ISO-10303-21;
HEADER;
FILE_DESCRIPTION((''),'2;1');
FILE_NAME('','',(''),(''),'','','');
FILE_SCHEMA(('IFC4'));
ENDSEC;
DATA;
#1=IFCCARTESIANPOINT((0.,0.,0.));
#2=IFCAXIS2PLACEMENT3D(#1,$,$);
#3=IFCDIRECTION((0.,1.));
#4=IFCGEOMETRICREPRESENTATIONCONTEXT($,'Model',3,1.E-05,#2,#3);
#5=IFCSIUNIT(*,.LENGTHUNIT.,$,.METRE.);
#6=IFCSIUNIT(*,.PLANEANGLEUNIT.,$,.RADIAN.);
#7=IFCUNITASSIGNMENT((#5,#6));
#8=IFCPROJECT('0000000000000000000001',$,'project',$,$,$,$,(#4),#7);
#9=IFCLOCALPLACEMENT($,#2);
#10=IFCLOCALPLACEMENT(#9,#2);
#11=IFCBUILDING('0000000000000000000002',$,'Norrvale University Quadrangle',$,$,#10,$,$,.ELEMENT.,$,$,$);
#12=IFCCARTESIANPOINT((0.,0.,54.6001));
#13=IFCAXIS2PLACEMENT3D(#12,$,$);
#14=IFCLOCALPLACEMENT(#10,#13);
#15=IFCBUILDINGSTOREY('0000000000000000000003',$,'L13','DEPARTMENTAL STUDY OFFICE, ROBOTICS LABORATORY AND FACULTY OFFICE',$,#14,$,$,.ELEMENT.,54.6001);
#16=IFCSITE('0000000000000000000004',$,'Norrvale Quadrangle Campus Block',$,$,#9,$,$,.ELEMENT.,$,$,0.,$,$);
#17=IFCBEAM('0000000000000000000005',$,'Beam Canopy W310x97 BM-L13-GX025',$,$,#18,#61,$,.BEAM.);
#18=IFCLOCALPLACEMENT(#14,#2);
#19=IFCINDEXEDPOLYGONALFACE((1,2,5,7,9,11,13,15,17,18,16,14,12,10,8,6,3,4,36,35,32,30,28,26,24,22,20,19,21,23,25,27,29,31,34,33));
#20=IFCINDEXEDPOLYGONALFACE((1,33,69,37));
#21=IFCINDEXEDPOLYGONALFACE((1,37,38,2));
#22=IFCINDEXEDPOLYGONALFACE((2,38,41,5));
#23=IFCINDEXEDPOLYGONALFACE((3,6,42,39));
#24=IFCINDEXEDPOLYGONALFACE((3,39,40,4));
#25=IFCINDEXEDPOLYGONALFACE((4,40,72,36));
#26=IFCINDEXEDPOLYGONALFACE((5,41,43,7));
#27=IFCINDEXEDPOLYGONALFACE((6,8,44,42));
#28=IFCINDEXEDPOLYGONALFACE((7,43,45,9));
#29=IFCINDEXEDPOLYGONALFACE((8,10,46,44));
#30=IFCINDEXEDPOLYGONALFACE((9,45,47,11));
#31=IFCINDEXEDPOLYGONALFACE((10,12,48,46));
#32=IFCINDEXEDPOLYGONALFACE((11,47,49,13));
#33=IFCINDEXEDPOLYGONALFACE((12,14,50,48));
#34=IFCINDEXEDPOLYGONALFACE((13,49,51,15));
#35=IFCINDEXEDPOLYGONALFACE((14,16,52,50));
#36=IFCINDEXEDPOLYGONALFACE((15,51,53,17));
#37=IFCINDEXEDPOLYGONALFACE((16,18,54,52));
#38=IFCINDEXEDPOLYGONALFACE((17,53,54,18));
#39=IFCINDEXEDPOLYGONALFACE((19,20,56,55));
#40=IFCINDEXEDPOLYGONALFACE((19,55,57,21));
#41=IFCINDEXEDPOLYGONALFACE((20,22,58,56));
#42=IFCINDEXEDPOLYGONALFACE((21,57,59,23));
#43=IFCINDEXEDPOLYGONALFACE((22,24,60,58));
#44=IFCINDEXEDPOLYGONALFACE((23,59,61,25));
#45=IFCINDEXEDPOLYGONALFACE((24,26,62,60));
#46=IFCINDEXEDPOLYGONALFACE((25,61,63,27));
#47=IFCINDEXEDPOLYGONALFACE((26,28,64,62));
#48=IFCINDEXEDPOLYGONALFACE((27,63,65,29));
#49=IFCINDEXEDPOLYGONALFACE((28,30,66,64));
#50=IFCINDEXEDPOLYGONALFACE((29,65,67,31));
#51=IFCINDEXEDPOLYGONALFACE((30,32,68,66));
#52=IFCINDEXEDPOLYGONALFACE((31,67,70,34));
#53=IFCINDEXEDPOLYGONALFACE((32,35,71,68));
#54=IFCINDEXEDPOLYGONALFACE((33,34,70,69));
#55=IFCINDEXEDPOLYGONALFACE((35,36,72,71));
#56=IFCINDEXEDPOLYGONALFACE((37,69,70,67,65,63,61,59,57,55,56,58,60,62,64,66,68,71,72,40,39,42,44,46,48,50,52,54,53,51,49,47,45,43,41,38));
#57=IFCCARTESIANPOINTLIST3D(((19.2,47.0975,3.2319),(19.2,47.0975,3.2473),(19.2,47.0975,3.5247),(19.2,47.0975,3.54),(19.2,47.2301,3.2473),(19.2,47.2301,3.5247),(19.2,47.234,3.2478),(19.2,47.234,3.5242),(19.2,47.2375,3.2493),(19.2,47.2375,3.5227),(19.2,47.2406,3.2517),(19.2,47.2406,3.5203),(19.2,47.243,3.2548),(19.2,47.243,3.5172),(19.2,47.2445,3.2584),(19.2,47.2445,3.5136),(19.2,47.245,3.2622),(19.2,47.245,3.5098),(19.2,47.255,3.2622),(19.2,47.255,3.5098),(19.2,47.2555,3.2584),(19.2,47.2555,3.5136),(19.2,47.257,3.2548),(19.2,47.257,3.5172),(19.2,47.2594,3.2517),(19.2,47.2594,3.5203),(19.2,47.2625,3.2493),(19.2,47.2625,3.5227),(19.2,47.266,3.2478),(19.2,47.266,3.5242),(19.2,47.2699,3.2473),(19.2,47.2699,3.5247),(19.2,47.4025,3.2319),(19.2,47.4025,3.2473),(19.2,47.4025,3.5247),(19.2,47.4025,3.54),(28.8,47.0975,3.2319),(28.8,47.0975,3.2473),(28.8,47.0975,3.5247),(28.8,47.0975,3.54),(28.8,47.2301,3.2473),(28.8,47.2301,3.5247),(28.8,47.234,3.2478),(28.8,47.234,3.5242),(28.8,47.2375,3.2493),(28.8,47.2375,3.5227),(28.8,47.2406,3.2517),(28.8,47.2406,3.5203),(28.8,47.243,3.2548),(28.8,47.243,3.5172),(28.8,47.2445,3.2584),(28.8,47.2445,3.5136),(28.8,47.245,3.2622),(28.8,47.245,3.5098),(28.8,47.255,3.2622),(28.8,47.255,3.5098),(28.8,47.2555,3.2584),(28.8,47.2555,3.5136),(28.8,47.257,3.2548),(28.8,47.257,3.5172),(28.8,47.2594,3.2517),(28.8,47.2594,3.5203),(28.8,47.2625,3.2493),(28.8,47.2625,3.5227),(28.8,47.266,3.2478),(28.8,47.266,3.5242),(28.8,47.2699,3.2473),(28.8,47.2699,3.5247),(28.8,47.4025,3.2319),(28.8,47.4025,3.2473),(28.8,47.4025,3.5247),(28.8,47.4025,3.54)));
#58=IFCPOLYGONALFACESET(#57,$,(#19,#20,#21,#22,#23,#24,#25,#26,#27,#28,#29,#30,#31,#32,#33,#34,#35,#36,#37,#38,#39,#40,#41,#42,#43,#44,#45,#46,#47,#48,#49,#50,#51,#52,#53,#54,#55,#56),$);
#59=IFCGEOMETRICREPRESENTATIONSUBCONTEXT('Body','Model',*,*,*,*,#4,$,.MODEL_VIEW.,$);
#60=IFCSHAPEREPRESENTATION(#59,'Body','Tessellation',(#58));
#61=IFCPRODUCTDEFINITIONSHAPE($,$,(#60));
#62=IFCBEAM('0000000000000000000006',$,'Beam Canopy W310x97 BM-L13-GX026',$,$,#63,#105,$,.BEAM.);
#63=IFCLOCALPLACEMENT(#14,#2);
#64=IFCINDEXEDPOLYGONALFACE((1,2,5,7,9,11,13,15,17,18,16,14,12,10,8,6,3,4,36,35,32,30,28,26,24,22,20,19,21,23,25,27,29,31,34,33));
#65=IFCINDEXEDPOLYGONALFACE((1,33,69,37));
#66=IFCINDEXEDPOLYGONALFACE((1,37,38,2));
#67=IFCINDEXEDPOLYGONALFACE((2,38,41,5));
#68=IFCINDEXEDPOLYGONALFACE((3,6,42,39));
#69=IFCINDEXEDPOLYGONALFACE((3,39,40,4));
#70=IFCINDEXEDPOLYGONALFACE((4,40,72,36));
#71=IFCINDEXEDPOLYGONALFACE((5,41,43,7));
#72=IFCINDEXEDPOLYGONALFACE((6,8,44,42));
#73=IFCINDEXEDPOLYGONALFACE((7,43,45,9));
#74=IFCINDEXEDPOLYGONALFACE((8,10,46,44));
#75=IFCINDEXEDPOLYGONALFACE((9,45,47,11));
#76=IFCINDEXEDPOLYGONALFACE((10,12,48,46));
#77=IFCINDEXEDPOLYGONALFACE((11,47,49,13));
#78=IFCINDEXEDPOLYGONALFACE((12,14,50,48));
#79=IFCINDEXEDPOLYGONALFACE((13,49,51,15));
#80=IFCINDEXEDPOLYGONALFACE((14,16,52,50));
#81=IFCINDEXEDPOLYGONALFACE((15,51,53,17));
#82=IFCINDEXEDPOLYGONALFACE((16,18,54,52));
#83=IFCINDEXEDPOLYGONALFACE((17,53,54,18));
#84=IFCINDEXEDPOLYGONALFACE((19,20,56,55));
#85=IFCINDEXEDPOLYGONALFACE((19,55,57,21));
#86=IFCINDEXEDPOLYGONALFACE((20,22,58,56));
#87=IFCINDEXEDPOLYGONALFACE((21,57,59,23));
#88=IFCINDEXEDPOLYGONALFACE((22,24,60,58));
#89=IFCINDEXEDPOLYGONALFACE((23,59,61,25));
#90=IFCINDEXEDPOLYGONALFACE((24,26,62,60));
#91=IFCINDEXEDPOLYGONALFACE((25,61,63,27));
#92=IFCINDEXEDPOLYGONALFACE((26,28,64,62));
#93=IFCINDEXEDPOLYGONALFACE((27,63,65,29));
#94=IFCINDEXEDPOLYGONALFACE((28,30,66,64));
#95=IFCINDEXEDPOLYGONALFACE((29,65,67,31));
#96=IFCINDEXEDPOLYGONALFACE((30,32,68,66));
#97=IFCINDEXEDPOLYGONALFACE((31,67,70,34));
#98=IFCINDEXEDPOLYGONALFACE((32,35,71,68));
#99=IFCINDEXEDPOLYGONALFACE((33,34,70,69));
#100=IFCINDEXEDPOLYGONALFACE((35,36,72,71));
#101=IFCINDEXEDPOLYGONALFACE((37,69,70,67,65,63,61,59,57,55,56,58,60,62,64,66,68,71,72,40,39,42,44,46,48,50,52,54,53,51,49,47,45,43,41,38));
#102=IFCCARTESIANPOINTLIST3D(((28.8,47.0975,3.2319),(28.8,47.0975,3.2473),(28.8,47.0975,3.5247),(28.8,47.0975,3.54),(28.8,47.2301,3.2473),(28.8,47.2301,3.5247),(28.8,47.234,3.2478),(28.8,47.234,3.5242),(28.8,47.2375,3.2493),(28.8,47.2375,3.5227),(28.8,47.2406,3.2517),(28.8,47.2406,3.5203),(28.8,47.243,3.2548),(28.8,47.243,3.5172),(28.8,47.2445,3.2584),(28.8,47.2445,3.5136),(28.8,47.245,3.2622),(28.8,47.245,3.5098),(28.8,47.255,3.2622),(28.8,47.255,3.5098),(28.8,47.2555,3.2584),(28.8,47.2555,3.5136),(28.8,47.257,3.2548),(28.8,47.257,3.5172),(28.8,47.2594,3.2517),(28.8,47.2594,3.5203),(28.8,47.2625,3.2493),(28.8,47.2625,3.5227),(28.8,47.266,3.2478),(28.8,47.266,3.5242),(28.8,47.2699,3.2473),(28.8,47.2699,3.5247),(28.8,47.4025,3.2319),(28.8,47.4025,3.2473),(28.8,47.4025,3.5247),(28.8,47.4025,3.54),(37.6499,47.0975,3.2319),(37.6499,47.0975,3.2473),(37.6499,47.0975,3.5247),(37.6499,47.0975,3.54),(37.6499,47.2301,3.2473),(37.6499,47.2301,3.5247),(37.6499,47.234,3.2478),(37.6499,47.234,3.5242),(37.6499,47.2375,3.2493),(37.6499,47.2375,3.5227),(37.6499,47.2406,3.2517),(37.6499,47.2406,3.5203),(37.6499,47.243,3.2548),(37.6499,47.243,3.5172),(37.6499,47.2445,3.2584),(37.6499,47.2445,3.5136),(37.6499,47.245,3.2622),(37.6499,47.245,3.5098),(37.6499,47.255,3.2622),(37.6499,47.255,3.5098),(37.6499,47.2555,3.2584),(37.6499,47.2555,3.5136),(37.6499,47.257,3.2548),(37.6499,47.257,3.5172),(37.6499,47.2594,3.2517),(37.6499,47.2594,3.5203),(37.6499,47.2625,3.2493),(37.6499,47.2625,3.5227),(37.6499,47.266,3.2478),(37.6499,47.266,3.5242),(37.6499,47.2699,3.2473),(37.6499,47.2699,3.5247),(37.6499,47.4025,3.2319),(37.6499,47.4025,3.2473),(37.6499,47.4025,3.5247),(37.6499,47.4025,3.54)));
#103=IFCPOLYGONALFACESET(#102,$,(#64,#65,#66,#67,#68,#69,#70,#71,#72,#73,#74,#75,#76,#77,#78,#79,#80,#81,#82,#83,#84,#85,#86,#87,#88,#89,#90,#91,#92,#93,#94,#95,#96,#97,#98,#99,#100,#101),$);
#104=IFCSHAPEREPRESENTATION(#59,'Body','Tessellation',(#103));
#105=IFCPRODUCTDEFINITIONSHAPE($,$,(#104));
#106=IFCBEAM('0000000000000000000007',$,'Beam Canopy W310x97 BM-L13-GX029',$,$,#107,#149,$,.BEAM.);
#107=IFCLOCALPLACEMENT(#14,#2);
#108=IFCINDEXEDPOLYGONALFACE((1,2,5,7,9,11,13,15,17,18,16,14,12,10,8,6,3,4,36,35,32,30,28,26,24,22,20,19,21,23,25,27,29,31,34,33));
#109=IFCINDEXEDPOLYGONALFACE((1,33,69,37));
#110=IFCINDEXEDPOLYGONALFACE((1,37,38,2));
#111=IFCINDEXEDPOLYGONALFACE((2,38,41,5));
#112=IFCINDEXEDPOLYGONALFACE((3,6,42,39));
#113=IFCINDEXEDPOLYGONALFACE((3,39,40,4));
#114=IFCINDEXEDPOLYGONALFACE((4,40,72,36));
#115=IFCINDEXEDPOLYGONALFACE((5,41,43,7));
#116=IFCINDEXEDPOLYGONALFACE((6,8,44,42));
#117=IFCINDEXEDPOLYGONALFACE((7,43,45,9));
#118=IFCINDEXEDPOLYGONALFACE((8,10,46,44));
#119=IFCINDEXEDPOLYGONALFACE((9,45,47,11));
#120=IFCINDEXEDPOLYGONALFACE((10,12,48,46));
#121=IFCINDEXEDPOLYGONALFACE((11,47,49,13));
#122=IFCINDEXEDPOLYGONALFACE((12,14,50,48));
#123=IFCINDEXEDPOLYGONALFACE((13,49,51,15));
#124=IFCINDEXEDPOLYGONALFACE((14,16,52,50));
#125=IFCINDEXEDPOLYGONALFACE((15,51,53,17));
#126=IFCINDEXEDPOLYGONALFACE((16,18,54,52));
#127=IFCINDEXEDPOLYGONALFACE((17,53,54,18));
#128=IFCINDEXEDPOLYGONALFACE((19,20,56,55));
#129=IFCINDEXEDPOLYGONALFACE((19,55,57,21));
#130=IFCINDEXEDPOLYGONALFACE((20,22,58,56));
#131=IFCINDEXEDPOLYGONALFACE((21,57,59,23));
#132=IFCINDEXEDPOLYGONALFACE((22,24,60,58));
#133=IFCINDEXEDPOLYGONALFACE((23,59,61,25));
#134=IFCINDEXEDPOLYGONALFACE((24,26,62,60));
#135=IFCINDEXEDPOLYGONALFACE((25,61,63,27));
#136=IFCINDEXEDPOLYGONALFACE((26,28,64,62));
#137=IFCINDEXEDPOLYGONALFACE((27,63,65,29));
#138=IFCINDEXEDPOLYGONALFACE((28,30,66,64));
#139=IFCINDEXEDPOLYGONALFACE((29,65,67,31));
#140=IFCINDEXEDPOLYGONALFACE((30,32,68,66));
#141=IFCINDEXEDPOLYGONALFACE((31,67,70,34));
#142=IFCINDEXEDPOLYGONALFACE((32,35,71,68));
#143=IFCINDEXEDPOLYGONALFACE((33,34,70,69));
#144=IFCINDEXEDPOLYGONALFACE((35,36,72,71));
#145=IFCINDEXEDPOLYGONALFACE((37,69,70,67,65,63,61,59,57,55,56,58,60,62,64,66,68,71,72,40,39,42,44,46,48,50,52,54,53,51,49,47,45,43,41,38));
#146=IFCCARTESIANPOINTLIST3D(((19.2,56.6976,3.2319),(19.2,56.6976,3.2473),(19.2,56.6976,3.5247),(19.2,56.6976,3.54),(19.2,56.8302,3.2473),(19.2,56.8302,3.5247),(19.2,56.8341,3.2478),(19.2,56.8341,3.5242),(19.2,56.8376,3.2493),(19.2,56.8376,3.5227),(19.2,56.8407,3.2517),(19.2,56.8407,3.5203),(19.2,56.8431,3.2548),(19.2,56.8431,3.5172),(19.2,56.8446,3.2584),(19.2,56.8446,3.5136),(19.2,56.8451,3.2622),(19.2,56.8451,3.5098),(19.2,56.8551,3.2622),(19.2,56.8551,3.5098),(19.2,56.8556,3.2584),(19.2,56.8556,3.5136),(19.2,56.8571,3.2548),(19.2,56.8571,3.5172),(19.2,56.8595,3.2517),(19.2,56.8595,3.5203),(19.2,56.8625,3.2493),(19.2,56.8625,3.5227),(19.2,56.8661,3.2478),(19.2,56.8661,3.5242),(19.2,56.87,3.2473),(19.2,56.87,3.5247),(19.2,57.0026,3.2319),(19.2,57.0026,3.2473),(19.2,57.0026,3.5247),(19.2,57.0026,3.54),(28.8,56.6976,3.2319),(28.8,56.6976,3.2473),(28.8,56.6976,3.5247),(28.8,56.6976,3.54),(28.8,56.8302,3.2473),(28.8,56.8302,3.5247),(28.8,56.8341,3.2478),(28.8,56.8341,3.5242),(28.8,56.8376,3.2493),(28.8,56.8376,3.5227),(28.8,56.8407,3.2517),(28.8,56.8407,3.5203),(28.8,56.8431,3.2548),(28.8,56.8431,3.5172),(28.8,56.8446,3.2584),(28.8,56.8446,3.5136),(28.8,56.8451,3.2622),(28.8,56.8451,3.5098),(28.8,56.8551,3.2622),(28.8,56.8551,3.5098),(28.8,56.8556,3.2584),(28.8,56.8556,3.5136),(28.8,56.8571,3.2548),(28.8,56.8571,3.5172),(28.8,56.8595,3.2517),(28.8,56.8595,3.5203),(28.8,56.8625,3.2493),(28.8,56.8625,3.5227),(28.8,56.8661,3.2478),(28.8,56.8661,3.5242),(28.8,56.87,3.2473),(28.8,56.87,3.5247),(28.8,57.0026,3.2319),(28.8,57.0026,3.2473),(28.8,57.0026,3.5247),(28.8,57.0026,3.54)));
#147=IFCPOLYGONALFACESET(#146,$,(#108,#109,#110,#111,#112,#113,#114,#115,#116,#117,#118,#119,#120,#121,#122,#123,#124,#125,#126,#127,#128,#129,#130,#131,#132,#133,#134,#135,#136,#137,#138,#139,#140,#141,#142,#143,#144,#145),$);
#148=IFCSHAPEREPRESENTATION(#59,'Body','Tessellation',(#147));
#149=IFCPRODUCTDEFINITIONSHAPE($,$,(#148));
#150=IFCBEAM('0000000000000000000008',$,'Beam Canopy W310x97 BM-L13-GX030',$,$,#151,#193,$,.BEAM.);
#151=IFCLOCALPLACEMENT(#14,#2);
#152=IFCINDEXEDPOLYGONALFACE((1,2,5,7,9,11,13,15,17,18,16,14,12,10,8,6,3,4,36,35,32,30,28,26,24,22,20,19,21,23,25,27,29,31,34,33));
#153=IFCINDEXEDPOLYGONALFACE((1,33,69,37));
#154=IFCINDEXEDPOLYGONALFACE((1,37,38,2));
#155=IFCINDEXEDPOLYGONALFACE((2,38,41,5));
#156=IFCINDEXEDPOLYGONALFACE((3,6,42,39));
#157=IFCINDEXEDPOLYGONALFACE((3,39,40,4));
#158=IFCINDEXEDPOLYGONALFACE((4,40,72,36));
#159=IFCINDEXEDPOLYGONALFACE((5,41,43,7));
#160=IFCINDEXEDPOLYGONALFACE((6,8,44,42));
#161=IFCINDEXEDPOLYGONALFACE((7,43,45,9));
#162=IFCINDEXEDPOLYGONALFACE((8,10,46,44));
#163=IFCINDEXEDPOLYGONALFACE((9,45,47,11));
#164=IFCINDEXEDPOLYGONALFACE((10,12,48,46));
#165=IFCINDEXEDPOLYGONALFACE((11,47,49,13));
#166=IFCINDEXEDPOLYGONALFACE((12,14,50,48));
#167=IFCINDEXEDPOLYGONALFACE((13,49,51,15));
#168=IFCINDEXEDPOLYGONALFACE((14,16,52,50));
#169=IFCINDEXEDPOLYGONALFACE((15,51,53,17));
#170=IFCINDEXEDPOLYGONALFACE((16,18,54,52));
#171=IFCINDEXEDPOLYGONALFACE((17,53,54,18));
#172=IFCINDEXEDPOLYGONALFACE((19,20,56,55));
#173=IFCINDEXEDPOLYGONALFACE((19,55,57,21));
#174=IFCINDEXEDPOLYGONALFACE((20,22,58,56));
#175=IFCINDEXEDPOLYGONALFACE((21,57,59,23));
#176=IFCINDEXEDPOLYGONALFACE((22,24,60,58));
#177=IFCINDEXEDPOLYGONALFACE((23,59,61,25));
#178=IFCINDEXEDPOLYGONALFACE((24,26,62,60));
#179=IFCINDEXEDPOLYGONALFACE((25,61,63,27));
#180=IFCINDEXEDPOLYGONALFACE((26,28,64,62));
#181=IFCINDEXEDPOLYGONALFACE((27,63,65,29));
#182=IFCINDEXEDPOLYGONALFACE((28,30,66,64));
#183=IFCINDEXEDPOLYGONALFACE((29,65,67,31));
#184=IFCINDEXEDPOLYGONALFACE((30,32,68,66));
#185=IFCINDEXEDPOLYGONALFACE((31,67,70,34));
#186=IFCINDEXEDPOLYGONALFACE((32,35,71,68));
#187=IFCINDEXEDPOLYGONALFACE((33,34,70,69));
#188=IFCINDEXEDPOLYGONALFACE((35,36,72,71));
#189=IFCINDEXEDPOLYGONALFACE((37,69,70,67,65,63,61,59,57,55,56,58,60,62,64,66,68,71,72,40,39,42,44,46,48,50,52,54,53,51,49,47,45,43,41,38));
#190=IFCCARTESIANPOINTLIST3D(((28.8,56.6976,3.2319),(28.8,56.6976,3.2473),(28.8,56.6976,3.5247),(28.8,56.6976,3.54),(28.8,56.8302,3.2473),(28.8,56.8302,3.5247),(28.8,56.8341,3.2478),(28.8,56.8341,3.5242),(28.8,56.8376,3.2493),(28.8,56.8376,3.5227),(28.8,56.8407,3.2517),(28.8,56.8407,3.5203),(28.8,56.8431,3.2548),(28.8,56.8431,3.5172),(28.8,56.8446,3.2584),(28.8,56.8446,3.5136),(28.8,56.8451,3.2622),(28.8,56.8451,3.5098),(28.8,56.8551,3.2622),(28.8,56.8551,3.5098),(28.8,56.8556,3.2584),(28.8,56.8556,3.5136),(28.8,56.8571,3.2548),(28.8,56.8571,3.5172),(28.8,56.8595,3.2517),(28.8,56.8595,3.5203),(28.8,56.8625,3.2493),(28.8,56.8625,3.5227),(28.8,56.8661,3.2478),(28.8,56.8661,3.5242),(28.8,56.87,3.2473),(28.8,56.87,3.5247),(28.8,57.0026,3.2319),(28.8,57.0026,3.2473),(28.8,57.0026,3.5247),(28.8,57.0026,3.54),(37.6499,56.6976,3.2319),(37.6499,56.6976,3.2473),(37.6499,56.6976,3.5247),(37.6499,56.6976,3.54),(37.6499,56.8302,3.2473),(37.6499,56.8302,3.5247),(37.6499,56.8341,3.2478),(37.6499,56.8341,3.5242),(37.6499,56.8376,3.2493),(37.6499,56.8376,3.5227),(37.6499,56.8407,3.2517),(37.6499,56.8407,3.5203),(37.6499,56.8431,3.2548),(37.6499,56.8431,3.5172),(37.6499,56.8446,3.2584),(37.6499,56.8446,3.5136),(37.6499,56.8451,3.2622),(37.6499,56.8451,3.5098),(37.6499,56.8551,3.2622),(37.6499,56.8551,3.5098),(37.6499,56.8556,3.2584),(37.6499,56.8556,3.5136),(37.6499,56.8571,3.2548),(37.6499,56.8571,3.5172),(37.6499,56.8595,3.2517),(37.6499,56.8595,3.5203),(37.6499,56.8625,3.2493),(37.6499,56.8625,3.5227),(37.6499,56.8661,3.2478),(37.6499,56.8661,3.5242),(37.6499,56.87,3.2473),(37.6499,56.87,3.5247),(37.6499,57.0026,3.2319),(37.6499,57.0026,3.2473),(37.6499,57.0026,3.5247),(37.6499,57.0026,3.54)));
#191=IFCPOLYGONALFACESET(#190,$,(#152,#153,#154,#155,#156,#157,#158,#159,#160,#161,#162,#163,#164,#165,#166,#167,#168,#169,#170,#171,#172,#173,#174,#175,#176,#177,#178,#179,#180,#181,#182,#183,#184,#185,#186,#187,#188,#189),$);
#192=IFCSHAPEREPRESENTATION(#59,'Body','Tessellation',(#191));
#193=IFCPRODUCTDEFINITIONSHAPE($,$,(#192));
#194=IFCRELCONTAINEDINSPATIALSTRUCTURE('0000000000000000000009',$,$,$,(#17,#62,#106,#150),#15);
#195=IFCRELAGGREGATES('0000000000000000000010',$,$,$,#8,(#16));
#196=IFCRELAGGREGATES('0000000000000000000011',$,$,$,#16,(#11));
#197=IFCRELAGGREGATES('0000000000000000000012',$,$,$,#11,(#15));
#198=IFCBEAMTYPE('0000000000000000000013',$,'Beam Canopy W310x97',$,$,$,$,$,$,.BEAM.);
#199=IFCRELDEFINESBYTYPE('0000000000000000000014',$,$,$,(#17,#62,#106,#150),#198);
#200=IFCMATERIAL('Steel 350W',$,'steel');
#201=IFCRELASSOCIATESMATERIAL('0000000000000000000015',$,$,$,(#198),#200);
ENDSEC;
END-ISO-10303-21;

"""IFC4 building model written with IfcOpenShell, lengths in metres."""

from ifc_helpers import new_model, si_unit, direction, frame, origin, origin_2d, place, context, subcontext, project, spatial, i_section, extrude, material, material_profile, profile_set, type_object, element, save


model = new_model("IFC4")

# Units and contexts
model_context = context("Model", 3, precision=1e-05, world=origin(), true_north=direction((0.0, 1.0)))
body_context = subcontext(model_context, "Body", "Model", "MODEL_VIEW")
ifc_project = project(units=[si_unit("LENGTHUNIT", "METRE"), si_unit("PLANEANGLEUNIT", "RADIAN")], contexts=[model_context])

# Site, building, storey
site_placement = place(None, origin())
site = spatial("IfcSite", under=ifc_project, at=site_placement, Name="Norrvale Quadrangle Campus Block", CompositionType="ELEMENT", RefElevation=0.0)
building_placement = place(site_placement, origin())
building = spatial("IfcBuilding", under=site, at=building_placement, Name="Norrvale University Quadrangle", CompositionType="ELEMENT")
storey_placement = place(building_placement, frame((0.0, 0.0, 54.6001)))
storey = spatial("IfcBuildingStorey", under=building, at=storey_placement, Name="L13", Description="DEPARTMENTAL STUDY OFFICE, ROBOTICS LABORATORY AND FACULTY OFFICE", CompositionType="ELEMENT", Elevation=54.6001)

# Beams
ifc_material_1 = material(Name="Steel 350W", Category="steel")
ifc_material_profile_1 = material_profile(ifc_material_1, i_section(OverallWidth=0.3049, OverallDepth=0.3081, WebThickness=0.01, FlangeThickness=0.0154, FilletRadius=0.0149, at=origin_2d()), Name="Steel 350W")
ifc_profile_set_1 = profile_set([ifc_material_profile_1], Name="Steel 350W")
beam_type_1 = type_object("IfcBeamType", Name="Beam Canopy W310x97", PredefinedType="BEAM", material=ifc_profile_set_1)
beam_1_placement = place(storey_placement, frame((19.2, 47.25, 3.386), z_axis=(1.0, 0.0, 0.0), x_axis=(0.0, 1.0, 0.0)))
element("IfcBeam", 1, at=beam_1_placement, inside=storey, type_object=beam_type_1, Name="Beam Canopy W310x97 BM-L13-GX025", PredefinedType="BEAM", context=body_context, shape_type="SweptSolid", body=[
    extrude(i_section(OverallWidth=0.3049, OverallDepth=0.3081, WebThickness=0.01, FlangeThickness=0.0154, FilletRadius=0.0149, at=origin_2d()), origin(), (0.0, 0.0, 1.0), 9.6001),
])
beam_2_placement = place(storey_placement, frame((28.8, 47.25, 3.386), z_axis=(1.0, 0.0, 0.0), x_axis=(0.0, 1.0, 0.0)))
element("IfcBeam", 2, at=beam_2_placement, inside=storey, type_object=beam_type_1, Name="Beam Canopy W310x97 BM-L13-GX026", PredefinedType="BEAM", context=body_context, shape_type="SweptSolid", body=[
    extrude(i_section(OverallWidth=0.3049, OverallDepth=0.3081, WebThickness=0.01, FlangeThickness=0.0154, FilletRadius=0.0149, at=origin_2d()), origin(), (0.0, 0.0, 1.0), 8.8499),
])
beam_3_placement = place(storey_placement, frame((19.2, 56.8501, 3.386), z_axis=(1.0, 0.0, 0.0), x_axis=(0.0, 1.0, 0.0)))
element("IfcBeam", 3, at=beam_3_placement, inside=storey, type_object=beam_type_1, Name="Beam Canopy W310x97 BM-L13-GX029", PredefinedType="BEAM", context=body_context, shape_type="SweptSolid", body=[
    extrude(i_section(OverallWidth=0.3049, OverallDepth=0.3081, WebThickness=0.01, FlangeThickness=0.0154, FilletRadius=0.0149, at=origin_2d()), origin(), (0.0, 0.0, 1.0), 9.6001),
])
beam_4_placement = place(storey_placement, frame((28.8, 56.8501, 3.386), z_axis=(1.0, 0.0, 0.0), x_axis=(0.0, 1.0, 0.0)))
element("IfcBeam", 4, at=beam_4_placement, inside=storey, type_object=beam_type_1, Name="Beam Canopy W310x97 BM-L13-GX030", PredefinedType="BEAM", context=body_context, shape_type="SweptSolid", body=[
    extrude(i_section(OverallWidth=0.3049, OverallDepth=0.3081, WebThickness=0.01, FlangeThickness=0.0154, FilletRadius=0.0149, at=origin_2d()), origin(), (0.0, 0.0, 1.0), 8.8499),
])

save(model, "model.ifc")
